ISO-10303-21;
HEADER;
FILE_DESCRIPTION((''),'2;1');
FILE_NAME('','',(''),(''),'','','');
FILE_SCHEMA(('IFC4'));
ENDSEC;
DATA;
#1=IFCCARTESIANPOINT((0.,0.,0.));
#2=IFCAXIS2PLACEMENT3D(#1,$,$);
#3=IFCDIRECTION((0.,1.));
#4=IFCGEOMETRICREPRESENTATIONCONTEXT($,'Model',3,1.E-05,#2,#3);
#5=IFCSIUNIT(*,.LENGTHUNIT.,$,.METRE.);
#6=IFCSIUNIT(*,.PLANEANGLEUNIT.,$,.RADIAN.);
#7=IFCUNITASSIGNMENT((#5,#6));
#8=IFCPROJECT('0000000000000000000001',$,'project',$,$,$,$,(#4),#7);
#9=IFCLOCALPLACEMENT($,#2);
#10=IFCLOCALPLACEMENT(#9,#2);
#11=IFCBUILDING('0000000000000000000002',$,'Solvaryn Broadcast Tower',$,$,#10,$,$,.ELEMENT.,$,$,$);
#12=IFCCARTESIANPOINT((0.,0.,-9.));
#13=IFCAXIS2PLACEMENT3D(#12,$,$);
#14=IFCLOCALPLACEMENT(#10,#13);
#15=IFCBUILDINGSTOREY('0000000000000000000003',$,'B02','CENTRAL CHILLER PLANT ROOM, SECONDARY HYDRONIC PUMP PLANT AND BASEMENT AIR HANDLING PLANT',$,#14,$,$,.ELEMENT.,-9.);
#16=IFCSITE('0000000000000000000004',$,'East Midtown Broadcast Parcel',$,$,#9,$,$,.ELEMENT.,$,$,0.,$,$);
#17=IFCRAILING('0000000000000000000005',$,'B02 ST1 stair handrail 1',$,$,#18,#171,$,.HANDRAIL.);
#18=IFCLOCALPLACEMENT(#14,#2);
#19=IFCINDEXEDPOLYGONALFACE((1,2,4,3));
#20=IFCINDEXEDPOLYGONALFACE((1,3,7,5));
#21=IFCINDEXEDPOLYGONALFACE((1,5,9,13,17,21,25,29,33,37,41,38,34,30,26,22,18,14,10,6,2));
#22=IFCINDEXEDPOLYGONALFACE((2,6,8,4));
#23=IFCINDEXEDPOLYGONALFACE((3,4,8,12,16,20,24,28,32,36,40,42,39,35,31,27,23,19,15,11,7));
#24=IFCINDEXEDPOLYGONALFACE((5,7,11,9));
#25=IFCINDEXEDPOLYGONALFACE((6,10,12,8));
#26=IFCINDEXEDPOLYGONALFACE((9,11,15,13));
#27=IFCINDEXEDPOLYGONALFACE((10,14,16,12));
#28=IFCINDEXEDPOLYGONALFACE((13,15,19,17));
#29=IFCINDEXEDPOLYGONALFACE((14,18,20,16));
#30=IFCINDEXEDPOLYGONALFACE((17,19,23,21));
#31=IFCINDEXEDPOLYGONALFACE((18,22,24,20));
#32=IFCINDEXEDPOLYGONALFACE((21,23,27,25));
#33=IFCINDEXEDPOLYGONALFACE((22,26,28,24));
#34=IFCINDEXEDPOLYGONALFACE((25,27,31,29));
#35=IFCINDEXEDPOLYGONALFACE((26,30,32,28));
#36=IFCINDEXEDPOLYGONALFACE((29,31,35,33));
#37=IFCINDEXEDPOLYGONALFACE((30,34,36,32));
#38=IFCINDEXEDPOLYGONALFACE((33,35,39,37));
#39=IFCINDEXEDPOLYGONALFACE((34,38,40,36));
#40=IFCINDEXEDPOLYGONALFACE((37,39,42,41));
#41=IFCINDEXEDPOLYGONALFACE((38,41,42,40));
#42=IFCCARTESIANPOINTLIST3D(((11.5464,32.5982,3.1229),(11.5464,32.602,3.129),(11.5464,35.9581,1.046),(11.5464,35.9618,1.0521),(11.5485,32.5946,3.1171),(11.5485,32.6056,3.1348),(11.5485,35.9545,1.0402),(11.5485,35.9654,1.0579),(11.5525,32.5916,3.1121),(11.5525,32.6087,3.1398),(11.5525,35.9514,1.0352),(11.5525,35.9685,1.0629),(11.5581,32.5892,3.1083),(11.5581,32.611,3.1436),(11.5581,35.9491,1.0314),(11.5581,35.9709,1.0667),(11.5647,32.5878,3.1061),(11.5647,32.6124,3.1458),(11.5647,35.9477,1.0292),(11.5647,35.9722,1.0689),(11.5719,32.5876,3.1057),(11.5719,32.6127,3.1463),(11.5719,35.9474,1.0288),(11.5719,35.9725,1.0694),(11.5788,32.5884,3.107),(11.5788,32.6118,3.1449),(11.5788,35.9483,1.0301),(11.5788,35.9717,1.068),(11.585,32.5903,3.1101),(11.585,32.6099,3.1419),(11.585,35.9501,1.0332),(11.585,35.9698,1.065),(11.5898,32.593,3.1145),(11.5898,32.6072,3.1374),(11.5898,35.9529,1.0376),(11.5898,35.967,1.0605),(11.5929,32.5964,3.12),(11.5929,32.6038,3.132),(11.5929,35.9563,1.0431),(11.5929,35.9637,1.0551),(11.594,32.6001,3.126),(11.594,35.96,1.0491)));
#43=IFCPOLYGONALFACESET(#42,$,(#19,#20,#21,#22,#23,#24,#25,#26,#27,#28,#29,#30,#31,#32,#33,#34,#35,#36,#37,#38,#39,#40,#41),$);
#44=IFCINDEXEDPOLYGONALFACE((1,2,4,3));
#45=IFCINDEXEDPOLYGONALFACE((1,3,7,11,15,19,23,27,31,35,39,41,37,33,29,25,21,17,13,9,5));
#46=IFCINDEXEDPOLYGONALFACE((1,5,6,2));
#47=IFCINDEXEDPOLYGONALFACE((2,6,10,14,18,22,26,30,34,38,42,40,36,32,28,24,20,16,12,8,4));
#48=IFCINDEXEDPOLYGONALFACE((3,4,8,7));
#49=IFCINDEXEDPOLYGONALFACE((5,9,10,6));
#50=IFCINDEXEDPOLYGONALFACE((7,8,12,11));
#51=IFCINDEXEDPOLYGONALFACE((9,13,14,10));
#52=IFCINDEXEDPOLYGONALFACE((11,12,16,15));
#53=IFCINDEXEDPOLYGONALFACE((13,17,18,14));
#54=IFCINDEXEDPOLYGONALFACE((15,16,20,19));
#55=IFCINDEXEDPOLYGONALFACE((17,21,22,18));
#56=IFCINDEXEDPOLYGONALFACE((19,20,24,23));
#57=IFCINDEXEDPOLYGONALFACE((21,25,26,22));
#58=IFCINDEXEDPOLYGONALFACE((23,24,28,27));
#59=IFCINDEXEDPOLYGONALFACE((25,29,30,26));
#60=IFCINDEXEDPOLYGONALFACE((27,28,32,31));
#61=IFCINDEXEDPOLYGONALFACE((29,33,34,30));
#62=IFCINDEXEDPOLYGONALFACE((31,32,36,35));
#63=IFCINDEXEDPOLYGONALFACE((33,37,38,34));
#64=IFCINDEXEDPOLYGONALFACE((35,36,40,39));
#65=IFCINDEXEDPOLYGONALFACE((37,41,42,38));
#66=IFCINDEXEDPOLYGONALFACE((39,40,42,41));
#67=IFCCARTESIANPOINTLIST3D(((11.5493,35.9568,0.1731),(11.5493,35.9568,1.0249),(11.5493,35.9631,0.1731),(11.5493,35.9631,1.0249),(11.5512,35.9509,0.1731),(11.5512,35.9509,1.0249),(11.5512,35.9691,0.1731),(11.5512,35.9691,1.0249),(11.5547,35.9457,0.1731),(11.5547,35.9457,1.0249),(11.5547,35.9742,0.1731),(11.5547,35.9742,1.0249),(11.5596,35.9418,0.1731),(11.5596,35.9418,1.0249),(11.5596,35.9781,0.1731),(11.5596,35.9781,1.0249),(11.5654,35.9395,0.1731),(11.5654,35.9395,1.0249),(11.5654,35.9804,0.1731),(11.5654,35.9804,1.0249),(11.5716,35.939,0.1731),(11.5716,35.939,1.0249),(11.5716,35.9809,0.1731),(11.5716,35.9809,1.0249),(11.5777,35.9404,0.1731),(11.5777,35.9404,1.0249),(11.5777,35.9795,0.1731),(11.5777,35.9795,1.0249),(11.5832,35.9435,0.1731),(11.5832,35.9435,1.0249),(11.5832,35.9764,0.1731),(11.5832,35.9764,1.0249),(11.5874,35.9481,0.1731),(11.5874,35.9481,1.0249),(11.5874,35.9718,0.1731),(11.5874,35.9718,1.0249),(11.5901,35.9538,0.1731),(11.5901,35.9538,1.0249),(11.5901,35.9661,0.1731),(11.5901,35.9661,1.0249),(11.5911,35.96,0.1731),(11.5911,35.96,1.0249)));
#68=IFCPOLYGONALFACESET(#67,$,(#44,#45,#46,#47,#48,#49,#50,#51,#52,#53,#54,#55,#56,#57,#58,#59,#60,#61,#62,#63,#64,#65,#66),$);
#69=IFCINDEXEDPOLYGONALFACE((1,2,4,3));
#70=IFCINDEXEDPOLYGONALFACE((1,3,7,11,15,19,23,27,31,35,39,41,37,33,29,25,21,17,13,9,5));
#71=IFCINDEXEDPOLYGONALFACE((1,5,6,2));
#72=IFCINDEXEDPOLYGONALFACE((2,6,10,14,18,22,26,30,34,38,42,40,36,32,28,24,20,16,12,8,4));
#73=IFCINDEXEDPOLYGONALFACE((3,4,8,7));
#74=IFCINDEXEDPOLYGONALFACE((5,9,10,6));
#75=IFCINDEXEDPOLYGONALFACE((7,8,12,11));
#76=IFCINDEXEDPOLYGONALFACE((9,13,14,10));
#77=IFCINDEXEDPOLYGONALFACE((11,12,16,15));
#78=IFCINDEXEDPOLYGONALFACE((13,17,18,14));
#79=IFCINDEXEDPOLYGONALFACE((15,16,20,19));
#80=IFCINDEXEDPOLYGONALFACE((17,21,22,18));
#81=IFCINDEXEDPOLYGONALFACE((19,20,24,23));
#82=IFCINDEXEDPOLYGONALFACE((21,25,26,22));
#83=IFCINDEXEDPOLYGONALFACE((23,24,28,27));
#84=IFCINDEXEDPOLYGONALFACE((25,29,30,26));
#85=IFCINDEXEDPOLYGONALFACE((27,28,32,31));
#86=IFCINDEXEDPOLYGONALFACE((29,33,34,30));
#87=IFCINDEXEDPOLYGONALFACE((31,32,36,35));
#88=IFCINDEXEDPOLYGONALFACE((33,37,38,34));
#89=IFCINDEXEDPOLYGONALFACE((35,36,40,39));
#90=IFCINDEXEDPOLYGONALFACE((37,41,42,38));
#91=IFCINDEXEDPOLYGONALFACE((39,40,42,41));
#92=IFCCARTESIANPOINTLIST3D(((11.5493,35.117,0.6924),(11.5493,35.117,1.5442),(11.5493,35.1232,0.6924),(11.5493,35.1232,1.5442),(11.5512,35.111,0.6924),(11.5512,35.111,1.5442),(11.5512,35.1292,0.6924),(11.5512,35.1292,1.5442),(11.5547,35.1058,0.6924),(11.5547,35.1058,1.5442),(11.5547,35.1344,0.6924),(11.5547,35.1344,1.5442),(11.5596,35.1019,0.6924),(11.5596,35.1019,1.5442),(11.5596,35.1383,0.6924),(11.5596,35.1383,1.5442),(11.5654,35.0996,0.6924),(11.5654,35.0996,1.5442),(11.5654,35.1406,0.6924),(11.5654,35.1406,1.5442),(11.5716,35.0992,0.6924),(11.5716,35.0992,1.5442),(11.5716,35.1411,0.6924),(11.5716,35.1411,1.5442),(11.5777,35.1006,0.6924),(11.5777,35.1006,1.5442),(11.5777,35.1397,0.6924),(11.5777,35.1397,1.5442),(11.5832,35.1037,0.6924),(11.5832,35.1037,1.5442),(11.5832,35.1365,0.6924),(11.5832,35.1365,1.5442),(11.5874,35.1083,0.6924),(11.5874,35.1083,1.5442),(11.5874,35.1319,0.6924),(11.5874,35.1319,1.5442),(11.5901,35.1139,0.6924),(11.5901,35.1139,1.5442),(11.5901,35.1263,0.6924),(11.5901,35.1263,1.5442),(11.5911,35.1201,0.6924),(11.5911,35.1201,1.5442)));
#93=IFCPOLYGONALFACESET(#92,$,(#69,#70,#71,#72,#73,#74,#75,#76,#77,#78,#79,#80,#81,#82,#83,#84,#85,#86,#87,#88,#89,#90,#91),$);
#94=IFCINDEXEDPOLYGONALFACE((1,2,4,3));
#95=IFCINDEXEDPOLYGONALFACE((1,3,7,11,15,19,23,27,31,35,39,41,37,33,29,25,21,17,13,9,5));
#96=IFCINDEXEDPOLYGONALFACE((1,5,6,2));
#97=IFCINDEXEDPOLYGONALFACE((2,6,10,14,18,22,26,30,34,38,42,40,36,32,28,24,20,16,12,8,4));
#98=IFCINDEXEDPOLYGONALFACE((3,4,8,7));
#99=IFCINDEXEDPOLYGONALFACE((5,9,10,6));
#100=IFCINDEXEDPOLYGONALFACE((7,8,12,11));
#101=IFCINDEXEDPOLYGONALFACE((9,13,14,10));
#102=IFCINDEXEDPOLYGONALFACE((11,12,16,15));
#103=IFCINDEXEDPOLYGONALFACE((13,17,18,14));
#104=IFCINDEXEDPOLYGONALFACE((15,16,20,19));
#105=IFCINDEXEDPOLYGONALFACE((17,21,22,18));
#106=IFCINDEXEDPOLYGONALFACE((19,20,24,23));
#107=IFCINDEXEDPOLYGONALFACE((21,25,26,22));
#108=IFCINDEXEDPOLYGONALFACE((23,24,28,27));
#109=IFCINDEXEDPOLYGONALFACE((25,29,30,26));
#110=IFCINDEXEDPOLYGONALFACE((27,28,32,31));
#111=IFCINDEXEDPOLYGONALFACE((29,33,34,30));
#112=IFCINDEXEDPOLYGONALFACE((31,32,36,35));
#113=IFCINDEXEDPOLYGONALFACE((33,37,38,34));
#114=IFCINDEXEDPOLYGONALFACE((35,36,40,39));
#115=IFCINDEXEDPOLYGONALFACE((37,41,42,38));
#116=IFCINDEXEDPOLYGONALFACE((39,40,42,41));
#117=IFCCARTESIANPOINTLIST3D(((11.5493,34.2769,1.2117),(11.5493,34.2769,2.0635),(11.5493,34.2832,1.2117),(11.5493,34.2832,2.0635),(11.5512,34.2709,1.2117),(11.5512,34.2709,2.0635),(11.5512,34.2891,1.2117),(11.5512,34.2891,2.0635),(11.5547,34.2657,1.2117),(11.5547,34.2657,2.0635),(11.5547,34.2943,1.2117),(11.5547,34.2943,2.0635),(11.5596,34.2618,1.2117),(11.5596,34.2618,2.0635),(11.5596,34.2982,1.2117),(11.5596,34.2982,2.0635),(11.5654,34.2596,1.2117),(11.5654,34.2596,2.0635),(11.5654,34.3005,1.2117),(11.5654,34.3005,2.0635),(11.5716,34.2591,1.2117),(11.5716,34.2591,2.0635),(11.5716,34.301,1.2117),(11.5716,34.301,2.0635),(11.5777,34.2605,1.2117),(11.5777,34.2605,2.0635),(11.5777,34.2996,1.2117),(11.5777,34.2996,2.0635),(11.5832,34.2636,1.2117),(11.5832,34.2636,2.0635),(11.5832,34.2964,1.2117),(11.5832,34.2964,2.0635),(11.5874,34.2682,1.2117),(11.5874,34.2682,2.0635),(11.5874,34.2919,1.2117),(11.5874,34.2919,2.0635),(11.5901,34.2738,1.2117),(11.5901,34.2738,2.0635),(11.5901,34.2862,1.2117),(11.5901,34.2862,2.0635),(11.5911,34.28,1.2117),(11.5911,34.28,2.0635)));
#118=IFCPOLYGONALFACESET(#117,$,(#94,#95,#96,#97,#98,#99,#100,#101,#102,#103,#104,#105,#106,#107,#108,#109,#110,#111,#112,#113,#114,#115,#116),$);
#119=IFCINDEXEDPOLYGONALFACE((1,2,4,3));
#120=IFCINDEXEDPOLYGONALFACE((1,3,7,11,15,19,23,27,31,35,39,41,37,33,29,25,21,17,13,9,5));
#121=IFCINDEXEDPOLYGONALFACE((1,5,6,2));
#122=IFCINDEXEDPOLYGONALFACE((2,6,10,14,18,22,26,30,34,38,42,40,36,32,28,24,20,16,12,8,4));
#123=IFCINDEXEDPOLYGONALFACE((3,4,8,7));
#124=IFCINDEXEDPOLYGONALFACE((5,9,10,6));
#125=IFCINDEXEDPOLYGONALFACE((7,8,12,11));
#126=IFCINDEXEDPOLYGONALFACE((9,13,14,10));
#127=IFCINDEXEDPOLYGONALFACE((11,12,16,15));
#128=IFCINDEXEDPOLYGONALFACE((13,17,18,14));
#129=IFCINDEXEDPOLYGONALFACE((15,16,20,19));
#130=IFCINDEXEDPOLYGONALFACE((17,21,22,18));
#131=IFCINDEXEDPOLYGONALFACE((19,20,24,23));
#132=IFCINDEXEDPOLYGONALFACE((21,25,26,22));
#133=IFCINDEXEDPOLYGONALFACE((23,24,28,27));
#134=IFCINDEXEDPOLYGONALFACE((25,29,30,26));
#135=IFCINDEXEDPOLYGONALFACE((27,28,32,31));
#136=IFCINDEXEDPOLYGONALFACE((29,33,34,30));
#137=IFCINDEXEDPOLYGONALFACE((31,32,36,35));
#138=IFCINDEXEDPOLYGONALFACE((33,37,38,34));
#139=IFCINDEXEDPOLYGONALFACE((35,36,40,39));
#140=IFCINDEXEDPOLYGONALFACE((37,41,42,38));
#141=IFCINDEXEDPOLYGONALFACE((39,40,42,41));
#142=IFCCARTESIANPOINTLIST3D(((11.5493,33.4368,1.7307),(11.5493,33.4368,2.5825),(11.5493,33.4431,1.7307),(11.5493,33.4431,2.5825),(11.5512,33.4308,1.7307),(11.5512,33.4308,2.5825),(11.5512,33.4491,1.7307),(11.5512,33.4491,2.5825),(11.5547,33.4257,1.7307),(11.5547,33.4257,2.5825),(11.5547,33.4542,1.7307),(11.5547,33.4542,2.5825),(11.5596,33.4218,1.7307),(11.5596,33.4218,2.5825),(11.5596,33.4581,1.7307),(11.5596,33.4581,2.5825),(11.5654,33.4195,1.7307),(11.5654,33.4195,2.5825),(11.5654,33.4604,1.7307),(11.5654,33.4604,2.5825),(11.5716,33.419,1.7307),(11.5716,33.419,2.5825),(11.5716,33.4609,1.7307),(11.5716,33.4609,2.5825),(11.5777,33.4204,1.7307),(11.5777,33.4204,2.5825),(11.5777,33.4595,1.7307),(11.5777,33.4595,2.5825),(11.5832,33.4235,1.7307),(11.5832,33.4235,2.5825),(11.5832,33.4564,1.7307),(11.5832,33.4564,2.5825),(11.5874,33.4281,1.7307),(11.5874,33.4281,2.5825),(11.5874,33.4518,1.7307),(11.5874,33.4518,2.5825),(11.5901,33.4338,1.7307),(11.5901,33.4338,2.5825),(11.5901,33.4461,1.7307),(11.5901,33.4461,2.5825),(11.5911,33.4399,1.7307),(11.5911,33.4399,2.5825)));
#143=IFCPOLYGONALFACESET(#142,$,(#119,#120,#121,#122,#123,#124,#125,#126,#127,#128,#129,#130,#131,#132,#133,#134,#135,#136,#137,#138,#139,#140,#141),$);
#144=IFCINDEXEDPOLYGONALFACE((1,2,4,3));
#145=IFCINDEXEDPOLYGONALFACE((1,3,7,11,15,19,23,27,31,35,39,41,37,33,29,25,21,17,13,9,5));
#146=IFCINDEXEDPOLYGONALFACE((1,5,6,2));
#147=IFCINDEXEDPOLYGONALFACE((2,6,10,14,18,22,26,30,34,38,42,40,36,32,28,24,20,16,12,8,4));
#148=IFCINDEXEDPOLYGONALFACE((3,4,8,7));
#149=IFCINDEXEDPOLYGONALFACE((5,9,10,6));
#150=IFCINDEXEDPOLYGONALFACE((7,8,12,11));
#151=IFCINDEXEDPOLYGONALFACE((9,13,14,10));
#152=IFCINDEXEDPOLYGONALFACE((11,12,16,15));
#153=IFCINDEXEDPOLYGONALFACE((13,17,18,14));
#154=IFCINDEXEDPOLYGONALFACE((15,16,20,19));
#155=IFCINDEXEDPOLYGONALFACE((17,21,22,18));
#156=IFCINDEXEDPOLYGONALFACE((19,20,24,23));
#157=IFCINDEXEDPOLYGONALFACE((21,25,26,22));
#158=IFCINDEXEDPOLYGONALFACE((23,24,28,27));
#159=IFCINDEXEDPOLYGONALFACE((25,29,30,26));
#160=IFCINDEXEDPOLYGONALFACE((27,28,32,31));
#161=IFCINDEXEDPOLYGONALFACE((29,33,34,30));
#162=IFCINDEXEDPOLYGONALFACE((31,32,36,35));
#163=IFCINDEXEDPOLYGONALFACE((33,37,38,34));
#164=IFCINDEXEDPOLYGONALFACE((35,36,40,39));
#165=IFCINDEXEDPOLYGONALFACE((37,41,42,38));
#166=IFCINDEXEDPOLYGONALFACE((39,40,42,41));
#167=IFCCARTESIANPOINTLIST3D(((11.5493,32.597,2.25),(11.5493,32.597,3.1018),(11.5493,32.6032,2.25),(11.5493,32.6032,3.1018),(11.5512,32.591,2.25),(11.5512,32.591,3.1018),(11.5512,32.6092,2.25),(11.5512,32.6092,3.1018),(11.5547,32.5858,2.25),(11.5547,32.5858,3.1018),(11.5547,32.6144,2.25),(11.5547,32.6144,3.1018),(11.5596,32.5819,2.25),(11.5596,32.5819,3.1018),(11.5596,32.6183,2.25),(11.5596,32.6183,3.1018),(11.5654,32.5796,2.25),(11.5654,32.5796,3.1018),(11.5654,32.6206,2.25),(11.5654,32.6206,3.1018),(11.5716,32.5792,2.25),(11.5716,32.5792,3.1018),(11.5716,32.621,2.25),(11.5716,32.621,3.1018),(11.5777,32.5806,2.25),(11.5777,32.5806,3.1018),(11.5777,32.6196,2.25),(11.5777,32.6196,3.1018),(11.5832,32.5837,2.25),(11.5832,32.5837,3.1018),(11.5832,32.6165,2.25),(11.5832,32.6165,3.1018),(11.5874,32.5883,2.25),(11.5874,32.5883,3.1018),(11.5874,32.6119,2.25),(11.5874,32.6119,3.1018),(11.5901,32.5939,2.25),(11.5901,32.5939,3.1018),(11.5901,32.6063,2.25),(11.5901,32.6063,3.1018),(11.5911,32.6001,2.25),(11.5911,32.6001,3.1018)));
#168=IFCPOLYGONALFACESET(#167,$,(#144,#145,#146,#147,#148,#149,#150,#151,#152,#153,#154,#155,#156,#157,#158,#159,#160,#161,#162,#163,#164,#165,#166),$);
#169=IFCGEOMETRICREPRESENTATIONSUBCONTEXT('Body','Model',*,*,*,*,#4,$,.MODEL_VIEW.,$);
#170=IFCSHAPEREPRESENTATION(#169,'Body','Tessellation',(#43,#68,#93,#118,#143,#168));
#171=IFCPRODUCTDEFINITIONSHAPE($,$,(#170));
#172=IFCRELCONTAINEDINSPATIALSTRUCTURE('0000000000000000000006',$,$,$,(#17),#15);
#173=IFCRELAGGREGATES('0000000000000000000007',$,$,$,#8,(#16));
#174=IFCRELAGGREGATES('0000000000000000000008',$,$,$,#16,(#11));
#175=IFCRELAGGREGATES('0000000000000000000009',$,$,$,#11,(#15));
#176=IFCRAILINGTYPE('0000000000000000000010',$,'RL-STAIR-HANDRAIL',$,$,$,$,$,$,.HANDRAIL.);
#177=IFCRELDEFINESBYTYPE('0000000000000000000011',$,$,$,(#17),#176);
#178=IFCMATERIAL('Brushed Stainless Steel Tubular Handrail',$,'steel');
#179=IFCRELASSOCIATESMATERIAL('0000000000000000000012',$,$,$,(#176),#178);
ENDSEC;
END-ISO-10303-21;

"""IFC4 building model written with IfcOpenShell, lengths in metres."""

from ifc_helpers import new_model, si_unit, direction, frame, origin, origin_2d, place, context, subcontext, project, spatial, circle, extrude, material, type_object, element, save


model = new_model("IFC4")

# Units and contexts
model_context = context("Model", 3, precision=1e-05, world=origin(), true_north=direction((0.0, 1.0)))
body_context = subcontext(model_context, "Body", "Model", "MODEL_VIEW")
ifc_project = project(units=[si_unit("LENGTHUNIT", "METRE"), si_unit("PLANEANGLEUNIT", "RADIAN")], contexts=[model_context])

# Site, building, storey
site_placement = place(None, origin())
site = spatial("IfcSite", under=ifc_project, at=site_placement, Name="East Midtown Broadcast Parcel", CompositionType="ELEMENT", RefElevation=0.0)
building_placement = place(site_placement, origin())
building = spatial("IfcBuilding", under=site, at=building_placement, Name="Solvaryn Broadcast Tower", CompositionType="ELEMENT")
storey_placement = place(building_placement, frame((0.0, 0.0, -9.0)))
storey = spatial("IfcBuildingStorey", under=building, at=storey_placement, Name="B02", Description="CENTRAL CHILLER PLANT ROOM, SECONDARY HYDRONIC PUMP PLANT AND BASEMENT AIR HANDLING PLANT", CompositionType="ELEMENT", Elevation=-9.0)

# Railing
ifc_material_1 = material(Name="Brushed Stainless Steel Tubular Handrail", Category="steel")
railing_type_1 = type_object("IfcRailingType", Name="RL-STAIR-HANDRAIL", PredefinedType="HANDRAIL", material=ifc_material_1)
railing_1_placement = place(storey_placement, frame((11.5701, 35.96, 0.1731)))
element("IfcRailing", 1, at=railing_1_placement, inside=storey, type_object=railing_type_1, Name="B02 ST1 stair handrail 1", PredefinedType="HANDRAIL", context=body_context, shape_type="SweptSolid", body=[
    extrude(circle(Radius=0.0239, at=origin_2d()), frame((0.0, 0.0, 0.876), z_axis=(0.0, -0.850606, 0.525803), x_axis=(1.0, 0.0, 0.0)), (0.0, 0.0, 1.0), 3.95),
    extrude(circle(Radius=0.021, at=origin_2d()), origin(), (0.0, 0.0, 1.0), 0.8518),
    extrude(circle(Radius=0.021, at=origin_2d()), frame((0.0, -0.8398, 0.5193)), (0.0, 0.0, 1.0), 0.8518),
    extrude(circle(Radius=0.021, at=origin_2d()), frame((0.0, -1.6799, 1.0386)), (0.0, 0.0, 1.0), 0.8518),
    extrude(circle(Radius=0.021, at=origin_2d()), frame((0.0, -2.52, 1.5576)), (0.0, 0.0, 1.0), 0.8518),
    extrude(circle(Radius=0.021, at=origin_2d()), frame((0.0, -3.3599, 2.0769)), (0.0, 0.0, 1.0), 0.8518),
])

save(model, "model.ifc")
